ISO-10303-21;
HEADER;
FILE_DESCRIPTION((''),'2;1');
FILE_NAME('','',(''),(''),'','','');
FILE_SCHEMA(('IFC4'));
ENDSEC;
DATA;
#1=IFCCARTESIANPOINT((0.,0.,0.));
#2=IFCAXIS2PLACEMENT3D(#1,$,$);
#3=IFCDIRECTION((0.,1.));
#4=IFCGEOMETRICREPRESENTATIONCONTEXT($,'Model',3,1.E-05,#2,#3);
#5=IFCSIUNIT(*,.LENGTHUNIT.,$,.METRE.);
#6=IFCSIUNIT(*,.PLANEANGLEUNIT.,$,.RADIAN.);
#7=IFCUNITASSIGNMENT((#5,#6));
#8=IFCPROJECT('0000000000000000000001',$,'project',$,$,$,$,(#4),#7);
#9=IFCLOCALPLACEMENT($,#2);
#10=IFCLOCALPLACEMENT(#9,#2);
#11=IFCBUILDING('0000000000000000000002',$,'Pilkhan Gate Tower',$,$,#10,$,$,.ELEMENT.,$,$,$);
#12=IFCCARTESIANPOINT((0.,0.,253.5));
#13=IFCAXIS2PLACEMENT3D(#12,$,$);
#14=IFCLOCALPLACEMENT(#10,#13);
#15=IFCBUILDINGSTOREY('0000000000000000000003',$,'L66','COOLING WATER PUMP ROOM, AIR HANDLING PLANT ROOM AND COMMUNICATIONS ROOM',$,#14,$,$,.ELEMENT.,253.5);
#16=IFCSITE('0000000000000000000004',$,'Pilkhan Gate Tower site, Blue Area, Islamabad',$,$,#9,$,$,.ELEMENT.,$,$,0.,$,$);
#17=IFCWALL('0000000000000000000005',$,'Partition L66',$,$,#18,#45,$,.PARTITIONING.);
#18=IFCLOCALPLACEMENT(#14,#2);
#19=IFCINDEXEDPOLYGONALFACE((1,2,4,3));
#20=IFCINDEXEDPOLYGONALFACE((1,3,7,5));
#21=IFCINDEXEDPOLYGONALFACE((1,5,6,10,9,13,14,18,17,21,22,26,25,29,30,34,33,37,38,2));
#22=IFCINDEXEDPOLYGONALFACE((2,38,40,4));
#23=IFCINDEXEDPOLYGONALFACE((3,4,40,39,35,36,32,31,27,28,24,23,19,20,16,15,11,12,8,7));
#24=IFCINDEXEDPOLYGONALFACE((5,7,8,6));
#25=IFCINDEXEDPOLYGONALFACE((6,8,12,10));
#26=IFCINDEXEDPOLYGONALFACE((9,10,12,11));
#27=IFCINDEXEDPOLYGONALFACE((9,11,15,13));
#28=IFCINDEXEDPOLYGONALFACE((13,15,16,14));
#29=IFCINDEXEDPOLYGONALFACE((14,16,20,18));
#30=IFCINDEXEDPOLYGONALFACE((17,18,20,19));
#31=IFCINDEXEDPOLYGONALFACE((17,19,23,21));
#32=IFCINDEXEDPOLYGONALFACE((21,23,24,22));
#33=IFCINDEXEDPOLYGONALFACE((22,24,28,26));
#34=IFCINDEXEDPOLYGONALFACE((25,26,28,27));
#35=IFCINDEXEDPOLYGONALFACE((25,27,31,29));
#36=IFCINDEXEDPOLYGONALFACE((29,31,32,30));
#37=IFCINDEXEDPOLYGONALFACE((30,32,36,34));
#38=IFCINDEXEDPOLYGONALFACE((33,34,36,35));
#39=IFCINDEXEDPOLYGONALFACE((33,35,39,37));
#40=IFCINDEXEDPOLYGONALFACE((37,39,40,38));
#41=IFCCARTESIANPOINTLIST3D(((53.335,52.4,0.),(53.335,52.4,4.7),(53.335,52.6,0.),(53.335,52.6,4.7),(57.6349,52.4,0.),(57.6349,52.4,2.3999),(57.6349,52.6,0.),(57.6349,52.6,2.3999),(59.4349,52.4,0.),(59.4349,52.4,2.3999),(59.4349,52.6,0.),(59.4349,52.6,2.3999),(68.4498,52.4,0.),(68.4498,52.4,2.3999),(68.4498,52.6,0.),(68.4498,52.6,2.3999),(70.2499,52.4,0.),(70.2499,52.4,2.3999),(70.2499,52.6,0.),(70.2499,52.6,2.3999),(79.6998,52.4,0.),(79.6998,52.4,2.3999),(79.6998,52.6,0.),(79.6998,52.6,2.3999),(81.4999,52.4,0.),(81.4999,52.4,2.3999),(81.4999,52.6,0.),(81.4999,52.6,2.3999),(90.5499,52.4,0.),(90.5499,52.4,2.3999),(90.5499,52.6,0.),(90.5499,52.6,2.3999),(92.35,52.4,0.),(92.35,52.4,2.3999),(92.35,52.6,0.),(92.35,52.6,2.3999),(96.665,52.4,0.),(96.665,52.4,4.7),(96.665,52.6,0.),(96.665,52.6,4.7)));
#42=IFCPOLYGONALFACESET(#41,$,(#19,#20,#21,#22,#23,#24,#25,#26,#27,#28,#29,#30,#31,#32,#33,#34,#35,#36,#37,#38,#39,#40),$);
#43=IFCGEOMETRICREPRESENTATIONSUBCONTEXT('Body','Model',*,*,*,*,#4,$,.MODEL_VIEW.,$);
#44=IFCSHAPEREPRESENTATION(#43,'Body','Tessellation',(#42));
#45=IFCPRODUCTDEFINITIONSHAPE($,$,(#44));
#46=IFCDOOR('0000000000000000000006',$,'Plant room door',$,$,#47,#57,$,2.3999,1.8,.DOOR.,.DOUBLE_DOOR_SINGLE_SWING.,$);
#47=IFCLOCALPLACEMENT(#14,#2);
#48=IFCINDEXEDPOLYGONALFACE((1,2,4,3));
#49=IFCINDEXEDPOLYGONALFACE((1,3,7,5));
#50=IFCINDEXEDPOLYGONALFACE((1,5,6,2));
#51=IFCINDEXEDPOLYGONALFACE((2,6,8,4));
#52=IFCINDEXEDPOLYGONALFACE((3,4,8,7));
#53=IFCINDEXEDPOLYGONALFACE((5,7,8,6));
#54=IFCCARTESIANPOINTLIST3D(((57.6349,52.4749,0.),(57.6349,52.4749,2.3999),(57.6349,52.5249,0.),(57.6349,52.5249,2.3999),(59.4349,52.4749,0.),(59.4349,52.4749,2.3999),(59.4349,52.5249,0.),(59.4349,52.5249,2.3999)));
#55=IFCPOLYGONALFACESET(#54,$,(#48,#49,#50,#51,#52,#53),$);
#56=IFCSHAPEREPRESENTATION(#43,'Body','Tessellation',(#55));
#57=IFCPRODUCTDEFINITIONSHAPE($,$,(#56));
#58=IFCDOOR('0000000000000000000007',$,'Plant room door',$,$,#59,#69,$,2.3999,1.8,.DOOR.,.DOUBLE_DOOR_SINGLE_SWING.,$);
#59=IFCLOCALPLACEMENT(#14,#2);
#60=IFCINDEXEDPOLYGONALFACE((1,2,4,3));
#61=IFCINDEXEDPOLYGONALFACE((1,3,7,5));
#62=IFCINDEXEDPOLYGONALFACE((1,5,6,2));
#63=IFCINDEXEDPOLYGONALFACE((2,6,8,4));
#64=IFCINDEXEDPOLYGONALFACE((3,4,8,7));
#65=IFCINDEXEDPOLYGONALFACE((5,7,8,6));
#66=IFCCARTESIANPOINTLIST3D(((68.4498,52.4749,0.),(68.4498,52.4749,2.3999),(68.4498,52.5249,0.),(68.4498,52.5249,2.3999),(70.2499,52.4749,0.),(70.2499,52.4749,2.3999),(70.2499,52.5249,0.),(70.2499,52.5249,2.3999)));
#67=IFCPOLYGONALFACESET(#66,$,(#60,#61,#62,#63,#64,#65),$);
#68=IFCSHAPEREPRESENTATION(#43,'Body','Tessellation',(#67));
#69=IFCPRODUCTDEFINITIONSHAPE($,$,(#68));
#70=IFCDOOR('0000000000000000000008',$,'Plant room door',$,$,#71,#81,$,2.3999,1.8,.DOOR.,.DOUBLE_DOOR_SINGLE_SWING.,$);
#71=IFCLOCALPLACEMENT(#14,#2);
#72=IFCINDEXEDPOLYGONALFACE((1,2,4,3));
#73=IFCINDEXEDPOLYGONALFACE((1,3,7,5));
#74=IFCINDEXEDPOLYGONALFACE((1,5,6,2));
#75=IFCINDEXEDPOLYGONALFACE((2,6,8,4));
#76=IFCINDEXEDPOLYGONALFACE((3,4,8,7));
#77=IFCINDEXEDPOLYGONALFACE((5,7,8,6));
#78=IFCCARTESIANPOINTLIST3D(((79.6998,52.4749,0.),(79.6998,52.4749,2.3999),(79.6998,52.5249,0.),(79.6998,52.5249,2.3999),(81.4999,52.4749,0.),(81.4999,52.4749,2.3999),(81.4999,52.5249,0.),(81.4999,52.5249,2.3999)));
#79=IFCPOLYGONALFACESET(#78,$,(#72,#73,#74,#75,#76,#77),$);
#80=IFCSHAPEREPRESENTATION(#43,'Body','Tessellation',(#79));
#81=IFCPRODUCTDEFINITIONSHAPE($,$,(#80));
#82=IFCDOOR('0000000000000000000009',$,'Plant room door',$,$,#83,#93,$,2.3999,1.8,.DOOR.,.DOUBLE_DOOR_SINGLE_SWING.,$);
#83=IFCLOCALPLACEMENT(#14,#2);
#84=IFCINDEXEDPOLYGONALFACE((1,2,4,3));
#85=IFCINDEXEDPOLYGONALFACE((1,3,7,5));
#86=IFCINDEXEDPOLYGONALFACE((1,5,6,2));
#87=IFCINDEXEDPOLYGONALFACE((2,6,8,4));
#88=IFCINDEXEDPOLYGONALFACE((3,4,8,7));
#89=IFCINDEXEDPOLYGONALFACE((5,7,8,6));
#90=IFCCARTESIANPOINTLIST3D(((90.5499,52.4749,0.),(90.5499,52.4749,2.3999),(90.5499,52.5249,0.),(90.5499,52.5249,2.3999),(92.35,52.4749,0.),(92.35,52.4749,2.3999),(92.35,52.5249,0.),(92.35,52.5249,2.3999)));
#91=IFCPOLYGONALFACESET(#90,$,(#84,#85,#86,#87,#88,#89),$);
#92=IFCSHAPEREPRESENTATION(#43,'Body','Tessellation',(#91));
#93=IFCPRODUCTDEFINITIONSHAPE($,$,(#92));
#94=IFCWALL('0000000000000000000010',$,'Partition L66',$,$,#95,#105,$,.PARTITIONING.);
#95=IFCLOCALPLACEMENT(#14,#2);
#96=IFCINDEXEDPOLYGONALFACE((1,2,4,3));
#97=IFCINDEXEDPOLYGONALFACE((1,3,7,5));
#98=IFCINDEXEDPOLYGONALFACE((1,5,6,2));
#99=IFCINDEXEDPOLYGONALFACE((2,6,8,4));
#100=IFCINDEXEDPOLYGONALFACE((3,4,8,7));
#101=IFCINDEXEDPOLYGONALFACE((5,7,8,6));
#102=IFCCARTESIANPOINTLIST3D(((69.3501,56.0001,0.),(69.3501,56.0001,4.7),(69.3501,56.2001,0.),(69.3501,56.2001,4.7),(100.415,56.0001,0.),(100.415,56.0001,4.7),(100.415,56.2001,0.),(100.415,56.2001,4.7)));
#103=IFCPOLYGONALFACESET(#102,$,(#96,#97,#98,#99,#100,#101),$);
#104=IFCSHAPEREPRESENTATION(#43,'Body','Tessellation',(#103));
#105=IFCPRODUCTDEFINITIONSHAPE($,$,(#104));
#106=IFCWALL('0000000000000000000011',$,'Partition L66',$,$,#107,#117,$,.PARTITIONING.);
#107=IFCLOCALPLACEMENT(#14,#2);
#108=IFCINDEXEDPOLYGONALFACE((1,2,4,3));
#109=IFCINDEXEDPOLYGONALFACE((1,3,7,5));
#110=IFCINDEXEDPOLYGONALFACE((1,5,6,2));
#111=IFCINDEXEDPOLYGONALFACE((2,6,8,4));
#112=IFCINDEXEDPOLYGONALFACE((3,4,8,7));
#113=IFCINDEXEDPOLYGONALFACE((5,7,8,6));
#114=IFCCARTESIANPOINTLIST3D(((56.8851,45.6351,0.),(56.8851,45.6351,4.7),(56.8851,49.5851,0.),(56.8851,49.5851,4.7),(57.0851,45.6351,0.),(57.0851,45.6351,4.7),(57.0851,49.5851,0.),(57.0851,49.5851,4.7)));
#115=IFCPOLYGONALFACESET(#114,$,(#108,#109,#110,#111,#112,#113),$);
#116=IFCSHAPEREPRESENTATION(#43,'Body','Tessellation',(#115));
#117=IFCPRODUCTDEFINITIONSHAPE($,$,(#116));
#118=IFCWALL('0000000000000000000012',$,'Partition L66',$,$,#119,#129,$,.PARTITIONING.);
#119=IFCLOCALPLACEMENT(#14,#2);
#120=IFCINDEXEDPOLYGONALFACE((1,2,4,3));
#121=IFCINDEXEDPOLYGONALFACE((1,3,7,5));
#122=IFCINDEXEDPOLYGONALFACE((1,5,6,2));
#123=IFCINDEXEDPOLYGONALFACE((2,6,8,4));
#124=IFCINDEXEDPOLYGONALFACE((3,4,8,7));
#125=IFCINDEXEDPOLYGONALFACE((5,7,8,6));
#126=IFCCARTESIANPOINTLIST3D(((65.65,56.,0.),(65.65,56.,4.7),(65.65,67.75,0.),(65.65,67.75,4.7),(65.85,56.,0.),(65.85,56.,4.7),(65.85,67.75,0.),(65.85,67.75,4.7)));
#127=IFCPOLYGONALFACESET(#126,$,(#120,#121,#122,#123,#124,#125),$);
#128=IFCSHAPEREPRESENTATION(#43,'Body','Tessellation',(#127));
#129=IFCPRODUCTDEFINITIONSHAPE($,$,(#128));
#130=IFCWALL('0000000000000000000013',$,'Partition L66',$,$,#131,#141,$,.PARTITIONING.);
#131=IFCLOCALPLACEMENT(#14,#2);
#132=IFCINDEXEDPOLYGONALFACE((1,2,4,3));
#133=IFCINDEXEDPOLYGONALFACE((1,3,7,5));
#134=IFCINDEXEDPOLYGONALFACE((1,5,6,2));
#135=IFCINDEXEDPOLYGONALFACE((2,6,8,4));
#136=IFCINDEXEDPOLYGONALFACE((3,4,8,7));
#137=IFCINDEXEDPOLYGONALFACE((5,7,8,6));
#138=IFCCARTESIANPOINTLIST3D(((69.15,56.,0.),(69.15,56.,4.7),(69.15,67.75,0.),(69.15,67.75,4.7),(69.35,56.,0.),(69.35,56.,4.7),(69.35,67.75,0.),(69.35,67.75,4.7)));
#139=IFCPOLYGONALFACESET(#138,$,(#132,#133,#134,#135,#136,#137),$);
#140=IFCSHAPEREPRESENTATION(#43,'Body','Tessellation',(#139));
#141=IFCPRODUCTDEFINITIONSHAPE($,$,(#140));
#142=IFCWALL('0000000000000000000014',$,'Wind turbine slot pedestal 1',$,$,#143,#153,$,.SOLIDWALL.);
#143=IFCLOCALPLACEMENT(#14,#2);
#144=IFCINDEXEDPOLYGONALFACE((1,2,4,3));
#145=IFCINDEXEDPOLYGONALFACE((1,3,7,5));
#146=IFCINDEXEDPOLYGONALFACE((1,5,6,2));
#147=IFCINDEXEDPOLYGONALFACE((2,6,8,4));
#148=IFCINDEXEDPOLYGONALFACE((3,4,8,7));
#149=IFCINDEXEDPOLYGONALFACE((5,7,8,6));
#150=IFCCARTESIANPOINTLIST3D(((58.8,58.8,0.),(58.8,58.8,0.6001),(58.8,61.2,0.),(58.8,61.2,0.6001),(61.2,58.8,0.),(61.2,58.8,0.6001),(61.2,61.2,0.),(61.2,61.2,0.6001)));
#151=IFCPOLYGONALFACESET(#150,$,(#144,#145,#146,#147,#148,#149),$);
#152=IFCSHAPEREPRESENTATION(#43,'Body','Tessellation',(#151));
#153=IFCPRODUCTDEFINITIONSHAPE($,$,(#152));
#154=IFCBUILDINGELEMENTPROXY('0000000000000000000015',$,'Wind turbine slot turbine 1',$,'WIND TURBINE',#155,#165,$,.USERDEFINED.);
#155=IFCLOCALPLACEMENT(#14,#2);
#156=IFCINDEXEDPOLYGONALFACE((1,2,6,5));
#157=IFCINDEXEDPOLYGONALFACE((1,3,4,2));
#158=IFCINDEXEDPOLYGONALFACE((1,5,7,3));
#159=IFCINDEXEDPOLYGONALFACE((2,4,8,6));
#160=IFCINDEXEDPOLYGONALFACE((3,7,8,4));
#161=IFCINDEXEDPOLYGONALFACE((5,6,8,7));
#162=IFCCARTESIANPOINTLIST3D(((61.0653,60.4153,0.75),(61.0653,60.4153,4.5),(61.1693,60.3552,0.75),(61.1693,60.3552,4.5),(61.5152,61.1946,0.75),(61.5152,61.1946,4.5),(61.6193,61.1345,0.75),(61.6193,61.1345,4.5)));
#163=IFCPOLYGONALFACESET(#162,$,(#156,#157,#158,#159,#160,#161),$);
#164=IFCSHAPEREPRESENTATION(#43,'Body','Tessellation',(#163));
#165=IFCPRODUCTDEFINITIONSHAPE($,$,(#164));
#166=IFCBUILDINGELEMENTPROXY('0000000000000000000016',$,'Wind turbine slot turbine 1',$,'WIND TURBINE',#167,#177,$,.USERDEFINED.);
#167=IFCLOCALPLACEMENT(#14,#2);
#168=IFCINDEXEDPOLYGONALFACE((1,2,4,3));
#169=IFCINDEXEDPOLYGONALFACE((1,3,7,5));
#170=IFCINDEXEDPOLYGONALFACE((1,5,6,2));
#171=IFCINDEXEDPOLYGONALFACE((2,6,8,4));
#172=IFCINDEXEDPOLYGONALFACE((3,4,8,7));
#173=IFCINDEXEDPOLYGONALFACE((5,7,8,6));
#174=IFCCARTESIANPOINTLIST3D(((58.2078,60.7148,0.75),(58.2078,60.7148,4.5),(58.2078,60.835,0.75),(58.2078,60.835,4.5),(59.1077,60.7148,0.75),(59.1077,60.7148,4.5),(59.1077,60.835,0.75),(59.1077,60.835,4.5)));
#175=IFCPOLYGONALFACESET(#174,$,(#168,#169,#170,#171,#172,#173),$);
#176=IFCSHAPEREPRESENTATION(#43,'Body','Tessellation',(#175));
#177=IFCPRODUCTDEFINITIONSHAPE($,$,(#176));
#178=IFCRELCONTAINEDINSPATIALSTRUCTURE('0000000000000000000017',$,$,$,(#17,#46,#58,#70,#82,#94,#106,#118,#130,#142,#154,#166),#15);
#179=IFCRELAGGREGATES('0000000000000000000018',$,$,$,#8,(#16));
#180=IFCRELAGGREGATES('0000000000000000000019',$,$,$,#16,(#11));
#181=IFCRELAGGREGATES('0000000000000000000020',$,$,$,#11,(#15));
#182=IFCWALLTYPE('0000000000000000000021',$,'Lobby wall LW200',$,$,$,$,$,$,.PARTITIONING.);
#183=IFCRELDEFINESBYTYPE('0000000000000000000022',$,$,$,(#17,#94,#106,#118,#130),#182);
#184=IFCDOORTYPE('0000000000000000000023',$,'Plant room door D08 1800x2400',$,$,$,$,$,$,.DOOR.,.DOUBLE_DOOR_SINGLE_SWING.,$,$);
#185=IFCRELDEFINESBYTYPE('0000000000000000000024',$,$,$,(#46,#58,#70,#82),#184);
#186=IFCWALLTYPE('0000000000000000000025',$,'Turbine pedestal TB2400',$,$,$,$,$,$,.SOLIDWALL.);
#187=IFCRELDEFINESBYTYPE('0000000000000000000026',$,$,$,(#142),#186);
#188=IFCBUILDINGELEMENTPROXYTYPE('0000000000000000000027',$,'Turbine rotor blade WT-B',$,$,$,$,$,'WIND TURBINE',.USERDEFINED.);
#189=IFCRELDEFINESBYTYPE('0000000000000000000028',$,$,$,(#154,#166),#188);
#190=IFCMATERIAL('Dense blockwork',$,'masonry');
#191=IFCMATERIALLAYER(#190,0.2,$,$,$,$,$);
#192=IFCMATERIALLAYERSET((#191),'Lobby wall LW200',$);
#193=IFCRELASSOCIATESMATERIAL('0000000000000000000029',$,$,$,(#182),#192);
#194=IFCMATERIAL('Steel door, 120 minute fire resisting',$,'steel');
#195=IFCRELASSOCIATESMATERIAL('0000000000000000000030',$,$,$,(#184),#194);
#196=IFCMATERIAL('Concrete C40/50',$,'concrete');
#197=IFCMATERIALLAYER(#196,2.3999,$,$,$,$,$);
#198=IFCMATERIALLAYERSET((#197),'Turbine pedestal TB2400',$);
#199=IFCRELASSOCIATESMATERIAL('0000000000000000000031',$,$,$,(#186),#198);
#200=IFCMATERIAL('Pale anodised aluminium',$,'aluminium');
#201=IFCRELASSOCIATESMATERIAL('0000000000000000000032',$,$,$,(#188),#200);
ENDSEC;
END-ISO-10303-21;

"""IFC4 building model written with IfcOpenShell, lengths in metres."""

from ifc_helpers import new_model, si_unit, direction, frame, frame_2d, origin, origin_2d, place, context, subcontext, project, spatial, rectangle, extrude, material, layer, layer_set, material_profile, profile_set, type_object, element, fill, save


model = new_model("IFC4")

# Units and contexts
model_context = context("Model", 3, precision=1e-05, world=origin(), true_north=direction((0.0, 1.0)))
body_context = subcontext(model_context, "Body", "Model", "MODEL_VIEW")
ifc_project = project(units=[si_unit("LENGTHUNIT", "METRE"), si_unit("PLANEANGLEUNIT", "RADIAN")], contexts=[model_context])

# Site, building, storey
site_placement = place(None, origin())
site = spatial("IfcSite", under=ifc_project, at=site_placement, Name="Pilkhan Gate Tower site, Blue Area, Islamabad", CompositionType="ELEMENT", RefElevation=0.0)
building_placement = place(site_placement, origin())
building = spatial("IfcBuilding", under=site, at=building_placement, Name="Pilkhan Gate Tower", CompositionType="ELEMENT")
storey_placement = place(building_placement, frame((0.0, 0.0, 253.5)))
storey = spatial("IfcBuildingStorey", under=building, at=storey_placement, Name="L66", Description="COOLING WATER PUMP ROOM, AIR HANDLING PLANT ROOM AND COMMUNICATIONS ROOM", CompositionType="ELEMENT", Elevation=253.5)

# Shared definitions
ifc_material_1 = material(Name="Dense blockwork", Category="masonry")
ifc_layer_1 = layer(ifc_material_1, 0.2)
ifc_layer_set_1 = layer_set([ifc_layer_1], Name="Lobby wall LW200")
wall_type_1 = type_object("IfcWallType", Name="Lobby wall LW200", PredefinedType="PARTITIONING", material=ifc_layer_set_1)

# Wall, openings, doors
wall_1_placement = place(storey_placement, frame((53.335, 52.5, 0.0), z_axis=(0.0, 0.0, 1.0), x_axis=(1.0, 0.0, 0.0)))
wall_1 = element("IfcWall", 1, at=wall_1_placement, inside=storey, type_object=wall_type_1, Name="Partition L66", PredefinedType="PARTITIONING", context=body_context, shape_type="SweptSolid", body=[
    extrude(rectangle(XDim=43.3301, YDim=0.2, at=frame_2d((21.665, 0.0))), origin(), (0.0, 0.0, 1.0), 4.7),
])
opening_1_placement = place(wall_1_placement, frame((4.3, 0.0, 0.0)))
opening_1 = element("IfcOpeningElement", 2, at=opening_1_placement, cuts=wall_1, PredefinedType="OPENING", context=body_context, shape_type="SweptSolid", body=[
    extrude(rectangle(XDim=1.8, YDim=2.3999, at=frame_2d((0.8999, 1.2))), frame((0.0, 0.1099, 0.0), z_axis=(0.0, -1.0, 0.0), x_axis=(1.0, 0.0, 0.0)), (0.0, 0.0, 1.0), 0.22),
])
opening_2_placement = place(wall_1_placement, frame((15.115, 0.0, 0.0)))
opening_2 = element("IfcOpeningElement", 3, at=opening_2_placement, cuts=wall_1, PredefinedType="OPENING", context=body_context, shape_type="SweptSolid", body=[
    extrude(rectangle(XDim=1.8, YDim=2.3999, at=frame_2d((0.8999, 1.2))), frame((0.0, 0.1099, 0.0), z_axis=(0.0, -1.0, 0.0), x_axis=(1.0, 0.0, 0.0)), (0.0, 0.0, 1.0), 0.22),
])
opening_3_placement = place(wall_1_placement, frame((26.365, 0.0, 0.0)))
opening_3 = element("IfcOpeningElement", 4, at=opening_3_placement, cuts=wall_1, PredefinedType="OPENING", context=body_context, shape_type="SweptSolid", body=[
    extrude(rectangle(XDim=1.8, YDim=2.3999, at=frame_2d((0.8999, 1.2))), frame((0.0, 0.1099, 0.0), z_axis=(0.0, -1.0, 0.0), x_axis=(1.0, 0.0, 0.0)), (0.0, 0.0, 1.0), 0.22),
])
opening_4_placement = place(wall_1_placement, frame((37.2151, 0.0, 0.0)))
opening_4 = element("IfcOpeningElement", 5, at=opening_4_placement, cuts=wall_1, PredefinedType="OPENING", context=body_context, shape_type="SweptSolid", body=[
    extrude(rectangle(XDim=1.8, YDim=2.3999, at=frame_2d((0.8999, 1.2))), frame((0.0, 0.1099, 0.0), z_axis=(0.0, -1.0, 0.0), x_axis=(1.0, 0.0, 0.0)), (0.0, 0.0, 1.0), 0.22),
])
ifc_material_2 = material(Name="Steel door, 120 minute fire resisting", Category="steel")
door_type = type_object("IfcDoorType", Name="Plant room door D08 1800x2400", OperationType="DOUBLE_DOOR_SINGLE_SWING", PredefinedType="DOOR", material=ifc_material_2)
door_1_placement = place(opening_1_placement, origin())
door_1 = element("IfcDoor", 6, at=door_1_placement, inside=storey, type_object=door_type, Name="Plant room door", OperationType="DOUBLE_DOOR_SINGLE_SWING", OverallHeight=2.3999, OverallWidth=1.8, PredefinedType="DOOR", context=body_context, shape_type="SweptSolid", body=[
    extrude(rectangle(XDim=1.8, YDim=2.3999, at=frame_2d((0.8999, 1.2))), frame((0.0, 0.0249, 0.0), z_axis=(0.0, -1.0, 0.0), x_axis=(1.0, 0.0, 0.0)), (0.0, 0.0, 1.0), 0.05),
])
fill(opening_1, door_1)
door_2_placement = place(opening_2_placement, origin())
door_2 = element("IfcDoor", 7, at=door_2_placement, inside=storey, type_object=door_type, Name="Plant room door", OperationType="DOUBLE_DOOR_SINGLE_SWING", OverallHeight=2.3999, OverallWidth=1.8, PredefinedType="DOOR", context=body_context, shape_type="SweptSolid", body=[
    extrude(rectangle(XDim=1.8, YDim=2.3999, at=frame_2d((0.8999, 1.2))), frame((0.0, 0.0249, 0.0), z_axis=(0.0, -1.0, 0.0), x_axis=(1.0, 0.0, 0.0)), (0.0, 0.0, 1.0), 0.05),
])
fill(opening_2, door_2)
door_3_placement = place(opening_3_placement, origin())
door_3 = element("IfcDoor", 8, at=door_3_placement, inside=storey, type_object=door_type, Name="Plant room door", OperationType="DOUBLE_DOOR_SINGLE_SWING", OverallHeight=2.3999, OverallWidth=1.8, PredefinedType="DOOR", context=body_context, shape_type="SweptSolid", body=[
    extrude(rectangle(XDim=1.8, YDim=2.3999, at=frame_2d((0.8999, 1.2))), frame((0.0, 0.0249, 0.0), z_axis=(0.0, -1.0, 0.0), x_axis=(1.0, 0.0, 0.0)), (0.0, 0.0, 1.0), 0.05),
])
fill(opening_3, door_3)
door_4_placement = place(opening_4_placement, origin())
door_4 = element("IfcDoor", 9, at=door_4_placement, inside=storey, type_object=door_type, Name="Plant room door", OperationType="DOUBLE_DOOR_SINGLE_SWING", OverallHeight=2.3999, OverallWidth=1.8, PredefinedType="DOOR", context=body_context, shape_type="SweptSolid", body=[
    extrude(rectangle(XDim=1.8, YDim=2.3999, at=frame_2d((0.8999, 1.2))), frame((0.0, 0.0249, 0.0), z_axis=(0.0, -1.0, 0.0), x_axis=(1.0, 0.0, 0.0)), (0.0, 0.0, 1.0), 0.05),
])
fill(opening_4, door_4)

# Walls
wall_2_placement = place(storey_placement, frame((69.3501, 56.1001, 0.0), z_axis=(0.0, 0.0, 1.0), x_axis=(1.0, 0.0, 0.0)))
element("IfcWall", 10, at=wall_2_placement, inside=storey, type_object=wall_type_1, Name="Partition L66", PredefinedType="PARTITIONING", context=body_context, shape_type="SweptSolid", body=[
    extrude(rectangle(XDim=31.0649, YDim=0.2, at=frame_2d((15.5325, 0.0))), origin(), (0.0, 0.0, 1.0), 4.7),
])
wall_3_placement = place(storey_placement, frame((56.9851, 45.635, 0.0), z_axis=(0.0, 0.0, 1.0), x_axis=(0.0, 1.0, 0.0)))
element("IfcWall", 11, at=wall_3_placement, inside=storey, type_object=wall_type_1, Name="Partition L66", PredefinedType="PARTITIONING", context=body_context, shape_type="SweptSolid", body=[
    extrude(rectangle(XDim=3.95, YDim=0.2, at=frame_2d((1.9751, 0.0))), origin(), (0.0, 0.0, 1.0), 4.7),
])
for number, where, z_axis, x_axis, name in (
    (12, (65.75, 56.0, 0.0), (0.0, 0.0, 1.0), (0.0, 1.0, 0.0), "Partition L66"),
    (13, (69.25, 56.0, 0.0), (0.0, 0.0, 1.0), (0.0, 1.0, 0.0), "Partition L66"),
):
    element("IfcWall", number, at=place(storey_placement, frame(where, z_axis=z_axis, x_axis=x_axis)), inside=storey, type_object=wall_type_1, Name=name, PredefinedType="PARTITIONING", context=body_context, shape_type="SweptSolid", body=[
        extrude(rectangle(XDim=11.75, YDim=0.2, at=frame_2d((5.875, 0.0))), origin(), (0.0, 0.0, 1.0), 4.7),
    ])
ifc_material_3 = material(Name="Concrete C40/50", Category="concrete")
ifc_layer_2 = layer(ifc_material_3, 2.3999)
ifc_layer_set_2 = layer_set([ifc_layer_2], Name="Turbine pedestal TB2400")
wall_type_2 = type_object("IfcWallType", Name="Turbine pedestal TB2400", PredefinedType="SOLIDWALL", material=ifc_layer_set_2)
wall_4_placement = place(storey_placement, frame((58.8, 60.0, 0.0), z_axis=(0.0, 0.0, 1.0), x_axis=(1.0, 0.0, 0.0)))
element("IfcWall", 14, at=wall_4_placement, inside=storey, type_object=wall_type_2, Name="Wind turbine slot pedestal 1", PredefinedType="SOLIDWALL", context=body_context, shape_type="SweptSolid", body=[
    extrude(rectangle(XDim=2.3999, YDim=2.3999, at=frame_2d((1.2, 0.0))), origin(), (0.0, 0.0, 1.0), 0.6001),
])

# Building element proxies
ifc_material_4 = material(Name="Pale anodised aluminium", Category="aluminium")
ifc_material_profile_1 = material_profile(ifc_material_4, rectangle(XDim=0.8999, YDim=0.1201, at=origin_2d()), Name="Blade 900x120")
ifc_profile_set_1 = profile_set([ifc_material_profile_1], Name="Pale anodised aluminium")
building_element_proxy_type_1 = type_object("IfcBuildingElementProxyType", Name="Turbine rotor blade WT-B", ElementType="WIND TURBINE", PredefinedType="USERDEFINED", material=ifc_profile_set_1)
for number, where, z_axis, x_axis, name in (
    (15, (61.3423, 60.7749, 0.75), (0.0, 0.0, 1.0), (0.5, 0.866025, 0.0), "Wind turbine slot turbine 1"),
    (16, (58.6577, 60.7749, 0.75), (0.0, 0.0, 1.0), (-1.0, 0.0, 0.0), "Wind turbine slot turbine 1"),
):
    element("IfcBuildingElementProxy", number, at=place(storey_placement, frame(where, z_axis=z_axis, x_axis=x_axis)), inside=storey, type_object=building_element_proxy_type_1, Name=name, ObjectType="WIND TURBINE", PredefinedType="USERDEFINED", context=body_context, shape_type="SweptSolid", body=[
        extrude(rectangle(XDim=0.8999, YDim=0.1201, at=origin_2d()), origin(), (0.0, 0.0, 1.0), 3.75),
    ])

save(model, "model.ifc")
